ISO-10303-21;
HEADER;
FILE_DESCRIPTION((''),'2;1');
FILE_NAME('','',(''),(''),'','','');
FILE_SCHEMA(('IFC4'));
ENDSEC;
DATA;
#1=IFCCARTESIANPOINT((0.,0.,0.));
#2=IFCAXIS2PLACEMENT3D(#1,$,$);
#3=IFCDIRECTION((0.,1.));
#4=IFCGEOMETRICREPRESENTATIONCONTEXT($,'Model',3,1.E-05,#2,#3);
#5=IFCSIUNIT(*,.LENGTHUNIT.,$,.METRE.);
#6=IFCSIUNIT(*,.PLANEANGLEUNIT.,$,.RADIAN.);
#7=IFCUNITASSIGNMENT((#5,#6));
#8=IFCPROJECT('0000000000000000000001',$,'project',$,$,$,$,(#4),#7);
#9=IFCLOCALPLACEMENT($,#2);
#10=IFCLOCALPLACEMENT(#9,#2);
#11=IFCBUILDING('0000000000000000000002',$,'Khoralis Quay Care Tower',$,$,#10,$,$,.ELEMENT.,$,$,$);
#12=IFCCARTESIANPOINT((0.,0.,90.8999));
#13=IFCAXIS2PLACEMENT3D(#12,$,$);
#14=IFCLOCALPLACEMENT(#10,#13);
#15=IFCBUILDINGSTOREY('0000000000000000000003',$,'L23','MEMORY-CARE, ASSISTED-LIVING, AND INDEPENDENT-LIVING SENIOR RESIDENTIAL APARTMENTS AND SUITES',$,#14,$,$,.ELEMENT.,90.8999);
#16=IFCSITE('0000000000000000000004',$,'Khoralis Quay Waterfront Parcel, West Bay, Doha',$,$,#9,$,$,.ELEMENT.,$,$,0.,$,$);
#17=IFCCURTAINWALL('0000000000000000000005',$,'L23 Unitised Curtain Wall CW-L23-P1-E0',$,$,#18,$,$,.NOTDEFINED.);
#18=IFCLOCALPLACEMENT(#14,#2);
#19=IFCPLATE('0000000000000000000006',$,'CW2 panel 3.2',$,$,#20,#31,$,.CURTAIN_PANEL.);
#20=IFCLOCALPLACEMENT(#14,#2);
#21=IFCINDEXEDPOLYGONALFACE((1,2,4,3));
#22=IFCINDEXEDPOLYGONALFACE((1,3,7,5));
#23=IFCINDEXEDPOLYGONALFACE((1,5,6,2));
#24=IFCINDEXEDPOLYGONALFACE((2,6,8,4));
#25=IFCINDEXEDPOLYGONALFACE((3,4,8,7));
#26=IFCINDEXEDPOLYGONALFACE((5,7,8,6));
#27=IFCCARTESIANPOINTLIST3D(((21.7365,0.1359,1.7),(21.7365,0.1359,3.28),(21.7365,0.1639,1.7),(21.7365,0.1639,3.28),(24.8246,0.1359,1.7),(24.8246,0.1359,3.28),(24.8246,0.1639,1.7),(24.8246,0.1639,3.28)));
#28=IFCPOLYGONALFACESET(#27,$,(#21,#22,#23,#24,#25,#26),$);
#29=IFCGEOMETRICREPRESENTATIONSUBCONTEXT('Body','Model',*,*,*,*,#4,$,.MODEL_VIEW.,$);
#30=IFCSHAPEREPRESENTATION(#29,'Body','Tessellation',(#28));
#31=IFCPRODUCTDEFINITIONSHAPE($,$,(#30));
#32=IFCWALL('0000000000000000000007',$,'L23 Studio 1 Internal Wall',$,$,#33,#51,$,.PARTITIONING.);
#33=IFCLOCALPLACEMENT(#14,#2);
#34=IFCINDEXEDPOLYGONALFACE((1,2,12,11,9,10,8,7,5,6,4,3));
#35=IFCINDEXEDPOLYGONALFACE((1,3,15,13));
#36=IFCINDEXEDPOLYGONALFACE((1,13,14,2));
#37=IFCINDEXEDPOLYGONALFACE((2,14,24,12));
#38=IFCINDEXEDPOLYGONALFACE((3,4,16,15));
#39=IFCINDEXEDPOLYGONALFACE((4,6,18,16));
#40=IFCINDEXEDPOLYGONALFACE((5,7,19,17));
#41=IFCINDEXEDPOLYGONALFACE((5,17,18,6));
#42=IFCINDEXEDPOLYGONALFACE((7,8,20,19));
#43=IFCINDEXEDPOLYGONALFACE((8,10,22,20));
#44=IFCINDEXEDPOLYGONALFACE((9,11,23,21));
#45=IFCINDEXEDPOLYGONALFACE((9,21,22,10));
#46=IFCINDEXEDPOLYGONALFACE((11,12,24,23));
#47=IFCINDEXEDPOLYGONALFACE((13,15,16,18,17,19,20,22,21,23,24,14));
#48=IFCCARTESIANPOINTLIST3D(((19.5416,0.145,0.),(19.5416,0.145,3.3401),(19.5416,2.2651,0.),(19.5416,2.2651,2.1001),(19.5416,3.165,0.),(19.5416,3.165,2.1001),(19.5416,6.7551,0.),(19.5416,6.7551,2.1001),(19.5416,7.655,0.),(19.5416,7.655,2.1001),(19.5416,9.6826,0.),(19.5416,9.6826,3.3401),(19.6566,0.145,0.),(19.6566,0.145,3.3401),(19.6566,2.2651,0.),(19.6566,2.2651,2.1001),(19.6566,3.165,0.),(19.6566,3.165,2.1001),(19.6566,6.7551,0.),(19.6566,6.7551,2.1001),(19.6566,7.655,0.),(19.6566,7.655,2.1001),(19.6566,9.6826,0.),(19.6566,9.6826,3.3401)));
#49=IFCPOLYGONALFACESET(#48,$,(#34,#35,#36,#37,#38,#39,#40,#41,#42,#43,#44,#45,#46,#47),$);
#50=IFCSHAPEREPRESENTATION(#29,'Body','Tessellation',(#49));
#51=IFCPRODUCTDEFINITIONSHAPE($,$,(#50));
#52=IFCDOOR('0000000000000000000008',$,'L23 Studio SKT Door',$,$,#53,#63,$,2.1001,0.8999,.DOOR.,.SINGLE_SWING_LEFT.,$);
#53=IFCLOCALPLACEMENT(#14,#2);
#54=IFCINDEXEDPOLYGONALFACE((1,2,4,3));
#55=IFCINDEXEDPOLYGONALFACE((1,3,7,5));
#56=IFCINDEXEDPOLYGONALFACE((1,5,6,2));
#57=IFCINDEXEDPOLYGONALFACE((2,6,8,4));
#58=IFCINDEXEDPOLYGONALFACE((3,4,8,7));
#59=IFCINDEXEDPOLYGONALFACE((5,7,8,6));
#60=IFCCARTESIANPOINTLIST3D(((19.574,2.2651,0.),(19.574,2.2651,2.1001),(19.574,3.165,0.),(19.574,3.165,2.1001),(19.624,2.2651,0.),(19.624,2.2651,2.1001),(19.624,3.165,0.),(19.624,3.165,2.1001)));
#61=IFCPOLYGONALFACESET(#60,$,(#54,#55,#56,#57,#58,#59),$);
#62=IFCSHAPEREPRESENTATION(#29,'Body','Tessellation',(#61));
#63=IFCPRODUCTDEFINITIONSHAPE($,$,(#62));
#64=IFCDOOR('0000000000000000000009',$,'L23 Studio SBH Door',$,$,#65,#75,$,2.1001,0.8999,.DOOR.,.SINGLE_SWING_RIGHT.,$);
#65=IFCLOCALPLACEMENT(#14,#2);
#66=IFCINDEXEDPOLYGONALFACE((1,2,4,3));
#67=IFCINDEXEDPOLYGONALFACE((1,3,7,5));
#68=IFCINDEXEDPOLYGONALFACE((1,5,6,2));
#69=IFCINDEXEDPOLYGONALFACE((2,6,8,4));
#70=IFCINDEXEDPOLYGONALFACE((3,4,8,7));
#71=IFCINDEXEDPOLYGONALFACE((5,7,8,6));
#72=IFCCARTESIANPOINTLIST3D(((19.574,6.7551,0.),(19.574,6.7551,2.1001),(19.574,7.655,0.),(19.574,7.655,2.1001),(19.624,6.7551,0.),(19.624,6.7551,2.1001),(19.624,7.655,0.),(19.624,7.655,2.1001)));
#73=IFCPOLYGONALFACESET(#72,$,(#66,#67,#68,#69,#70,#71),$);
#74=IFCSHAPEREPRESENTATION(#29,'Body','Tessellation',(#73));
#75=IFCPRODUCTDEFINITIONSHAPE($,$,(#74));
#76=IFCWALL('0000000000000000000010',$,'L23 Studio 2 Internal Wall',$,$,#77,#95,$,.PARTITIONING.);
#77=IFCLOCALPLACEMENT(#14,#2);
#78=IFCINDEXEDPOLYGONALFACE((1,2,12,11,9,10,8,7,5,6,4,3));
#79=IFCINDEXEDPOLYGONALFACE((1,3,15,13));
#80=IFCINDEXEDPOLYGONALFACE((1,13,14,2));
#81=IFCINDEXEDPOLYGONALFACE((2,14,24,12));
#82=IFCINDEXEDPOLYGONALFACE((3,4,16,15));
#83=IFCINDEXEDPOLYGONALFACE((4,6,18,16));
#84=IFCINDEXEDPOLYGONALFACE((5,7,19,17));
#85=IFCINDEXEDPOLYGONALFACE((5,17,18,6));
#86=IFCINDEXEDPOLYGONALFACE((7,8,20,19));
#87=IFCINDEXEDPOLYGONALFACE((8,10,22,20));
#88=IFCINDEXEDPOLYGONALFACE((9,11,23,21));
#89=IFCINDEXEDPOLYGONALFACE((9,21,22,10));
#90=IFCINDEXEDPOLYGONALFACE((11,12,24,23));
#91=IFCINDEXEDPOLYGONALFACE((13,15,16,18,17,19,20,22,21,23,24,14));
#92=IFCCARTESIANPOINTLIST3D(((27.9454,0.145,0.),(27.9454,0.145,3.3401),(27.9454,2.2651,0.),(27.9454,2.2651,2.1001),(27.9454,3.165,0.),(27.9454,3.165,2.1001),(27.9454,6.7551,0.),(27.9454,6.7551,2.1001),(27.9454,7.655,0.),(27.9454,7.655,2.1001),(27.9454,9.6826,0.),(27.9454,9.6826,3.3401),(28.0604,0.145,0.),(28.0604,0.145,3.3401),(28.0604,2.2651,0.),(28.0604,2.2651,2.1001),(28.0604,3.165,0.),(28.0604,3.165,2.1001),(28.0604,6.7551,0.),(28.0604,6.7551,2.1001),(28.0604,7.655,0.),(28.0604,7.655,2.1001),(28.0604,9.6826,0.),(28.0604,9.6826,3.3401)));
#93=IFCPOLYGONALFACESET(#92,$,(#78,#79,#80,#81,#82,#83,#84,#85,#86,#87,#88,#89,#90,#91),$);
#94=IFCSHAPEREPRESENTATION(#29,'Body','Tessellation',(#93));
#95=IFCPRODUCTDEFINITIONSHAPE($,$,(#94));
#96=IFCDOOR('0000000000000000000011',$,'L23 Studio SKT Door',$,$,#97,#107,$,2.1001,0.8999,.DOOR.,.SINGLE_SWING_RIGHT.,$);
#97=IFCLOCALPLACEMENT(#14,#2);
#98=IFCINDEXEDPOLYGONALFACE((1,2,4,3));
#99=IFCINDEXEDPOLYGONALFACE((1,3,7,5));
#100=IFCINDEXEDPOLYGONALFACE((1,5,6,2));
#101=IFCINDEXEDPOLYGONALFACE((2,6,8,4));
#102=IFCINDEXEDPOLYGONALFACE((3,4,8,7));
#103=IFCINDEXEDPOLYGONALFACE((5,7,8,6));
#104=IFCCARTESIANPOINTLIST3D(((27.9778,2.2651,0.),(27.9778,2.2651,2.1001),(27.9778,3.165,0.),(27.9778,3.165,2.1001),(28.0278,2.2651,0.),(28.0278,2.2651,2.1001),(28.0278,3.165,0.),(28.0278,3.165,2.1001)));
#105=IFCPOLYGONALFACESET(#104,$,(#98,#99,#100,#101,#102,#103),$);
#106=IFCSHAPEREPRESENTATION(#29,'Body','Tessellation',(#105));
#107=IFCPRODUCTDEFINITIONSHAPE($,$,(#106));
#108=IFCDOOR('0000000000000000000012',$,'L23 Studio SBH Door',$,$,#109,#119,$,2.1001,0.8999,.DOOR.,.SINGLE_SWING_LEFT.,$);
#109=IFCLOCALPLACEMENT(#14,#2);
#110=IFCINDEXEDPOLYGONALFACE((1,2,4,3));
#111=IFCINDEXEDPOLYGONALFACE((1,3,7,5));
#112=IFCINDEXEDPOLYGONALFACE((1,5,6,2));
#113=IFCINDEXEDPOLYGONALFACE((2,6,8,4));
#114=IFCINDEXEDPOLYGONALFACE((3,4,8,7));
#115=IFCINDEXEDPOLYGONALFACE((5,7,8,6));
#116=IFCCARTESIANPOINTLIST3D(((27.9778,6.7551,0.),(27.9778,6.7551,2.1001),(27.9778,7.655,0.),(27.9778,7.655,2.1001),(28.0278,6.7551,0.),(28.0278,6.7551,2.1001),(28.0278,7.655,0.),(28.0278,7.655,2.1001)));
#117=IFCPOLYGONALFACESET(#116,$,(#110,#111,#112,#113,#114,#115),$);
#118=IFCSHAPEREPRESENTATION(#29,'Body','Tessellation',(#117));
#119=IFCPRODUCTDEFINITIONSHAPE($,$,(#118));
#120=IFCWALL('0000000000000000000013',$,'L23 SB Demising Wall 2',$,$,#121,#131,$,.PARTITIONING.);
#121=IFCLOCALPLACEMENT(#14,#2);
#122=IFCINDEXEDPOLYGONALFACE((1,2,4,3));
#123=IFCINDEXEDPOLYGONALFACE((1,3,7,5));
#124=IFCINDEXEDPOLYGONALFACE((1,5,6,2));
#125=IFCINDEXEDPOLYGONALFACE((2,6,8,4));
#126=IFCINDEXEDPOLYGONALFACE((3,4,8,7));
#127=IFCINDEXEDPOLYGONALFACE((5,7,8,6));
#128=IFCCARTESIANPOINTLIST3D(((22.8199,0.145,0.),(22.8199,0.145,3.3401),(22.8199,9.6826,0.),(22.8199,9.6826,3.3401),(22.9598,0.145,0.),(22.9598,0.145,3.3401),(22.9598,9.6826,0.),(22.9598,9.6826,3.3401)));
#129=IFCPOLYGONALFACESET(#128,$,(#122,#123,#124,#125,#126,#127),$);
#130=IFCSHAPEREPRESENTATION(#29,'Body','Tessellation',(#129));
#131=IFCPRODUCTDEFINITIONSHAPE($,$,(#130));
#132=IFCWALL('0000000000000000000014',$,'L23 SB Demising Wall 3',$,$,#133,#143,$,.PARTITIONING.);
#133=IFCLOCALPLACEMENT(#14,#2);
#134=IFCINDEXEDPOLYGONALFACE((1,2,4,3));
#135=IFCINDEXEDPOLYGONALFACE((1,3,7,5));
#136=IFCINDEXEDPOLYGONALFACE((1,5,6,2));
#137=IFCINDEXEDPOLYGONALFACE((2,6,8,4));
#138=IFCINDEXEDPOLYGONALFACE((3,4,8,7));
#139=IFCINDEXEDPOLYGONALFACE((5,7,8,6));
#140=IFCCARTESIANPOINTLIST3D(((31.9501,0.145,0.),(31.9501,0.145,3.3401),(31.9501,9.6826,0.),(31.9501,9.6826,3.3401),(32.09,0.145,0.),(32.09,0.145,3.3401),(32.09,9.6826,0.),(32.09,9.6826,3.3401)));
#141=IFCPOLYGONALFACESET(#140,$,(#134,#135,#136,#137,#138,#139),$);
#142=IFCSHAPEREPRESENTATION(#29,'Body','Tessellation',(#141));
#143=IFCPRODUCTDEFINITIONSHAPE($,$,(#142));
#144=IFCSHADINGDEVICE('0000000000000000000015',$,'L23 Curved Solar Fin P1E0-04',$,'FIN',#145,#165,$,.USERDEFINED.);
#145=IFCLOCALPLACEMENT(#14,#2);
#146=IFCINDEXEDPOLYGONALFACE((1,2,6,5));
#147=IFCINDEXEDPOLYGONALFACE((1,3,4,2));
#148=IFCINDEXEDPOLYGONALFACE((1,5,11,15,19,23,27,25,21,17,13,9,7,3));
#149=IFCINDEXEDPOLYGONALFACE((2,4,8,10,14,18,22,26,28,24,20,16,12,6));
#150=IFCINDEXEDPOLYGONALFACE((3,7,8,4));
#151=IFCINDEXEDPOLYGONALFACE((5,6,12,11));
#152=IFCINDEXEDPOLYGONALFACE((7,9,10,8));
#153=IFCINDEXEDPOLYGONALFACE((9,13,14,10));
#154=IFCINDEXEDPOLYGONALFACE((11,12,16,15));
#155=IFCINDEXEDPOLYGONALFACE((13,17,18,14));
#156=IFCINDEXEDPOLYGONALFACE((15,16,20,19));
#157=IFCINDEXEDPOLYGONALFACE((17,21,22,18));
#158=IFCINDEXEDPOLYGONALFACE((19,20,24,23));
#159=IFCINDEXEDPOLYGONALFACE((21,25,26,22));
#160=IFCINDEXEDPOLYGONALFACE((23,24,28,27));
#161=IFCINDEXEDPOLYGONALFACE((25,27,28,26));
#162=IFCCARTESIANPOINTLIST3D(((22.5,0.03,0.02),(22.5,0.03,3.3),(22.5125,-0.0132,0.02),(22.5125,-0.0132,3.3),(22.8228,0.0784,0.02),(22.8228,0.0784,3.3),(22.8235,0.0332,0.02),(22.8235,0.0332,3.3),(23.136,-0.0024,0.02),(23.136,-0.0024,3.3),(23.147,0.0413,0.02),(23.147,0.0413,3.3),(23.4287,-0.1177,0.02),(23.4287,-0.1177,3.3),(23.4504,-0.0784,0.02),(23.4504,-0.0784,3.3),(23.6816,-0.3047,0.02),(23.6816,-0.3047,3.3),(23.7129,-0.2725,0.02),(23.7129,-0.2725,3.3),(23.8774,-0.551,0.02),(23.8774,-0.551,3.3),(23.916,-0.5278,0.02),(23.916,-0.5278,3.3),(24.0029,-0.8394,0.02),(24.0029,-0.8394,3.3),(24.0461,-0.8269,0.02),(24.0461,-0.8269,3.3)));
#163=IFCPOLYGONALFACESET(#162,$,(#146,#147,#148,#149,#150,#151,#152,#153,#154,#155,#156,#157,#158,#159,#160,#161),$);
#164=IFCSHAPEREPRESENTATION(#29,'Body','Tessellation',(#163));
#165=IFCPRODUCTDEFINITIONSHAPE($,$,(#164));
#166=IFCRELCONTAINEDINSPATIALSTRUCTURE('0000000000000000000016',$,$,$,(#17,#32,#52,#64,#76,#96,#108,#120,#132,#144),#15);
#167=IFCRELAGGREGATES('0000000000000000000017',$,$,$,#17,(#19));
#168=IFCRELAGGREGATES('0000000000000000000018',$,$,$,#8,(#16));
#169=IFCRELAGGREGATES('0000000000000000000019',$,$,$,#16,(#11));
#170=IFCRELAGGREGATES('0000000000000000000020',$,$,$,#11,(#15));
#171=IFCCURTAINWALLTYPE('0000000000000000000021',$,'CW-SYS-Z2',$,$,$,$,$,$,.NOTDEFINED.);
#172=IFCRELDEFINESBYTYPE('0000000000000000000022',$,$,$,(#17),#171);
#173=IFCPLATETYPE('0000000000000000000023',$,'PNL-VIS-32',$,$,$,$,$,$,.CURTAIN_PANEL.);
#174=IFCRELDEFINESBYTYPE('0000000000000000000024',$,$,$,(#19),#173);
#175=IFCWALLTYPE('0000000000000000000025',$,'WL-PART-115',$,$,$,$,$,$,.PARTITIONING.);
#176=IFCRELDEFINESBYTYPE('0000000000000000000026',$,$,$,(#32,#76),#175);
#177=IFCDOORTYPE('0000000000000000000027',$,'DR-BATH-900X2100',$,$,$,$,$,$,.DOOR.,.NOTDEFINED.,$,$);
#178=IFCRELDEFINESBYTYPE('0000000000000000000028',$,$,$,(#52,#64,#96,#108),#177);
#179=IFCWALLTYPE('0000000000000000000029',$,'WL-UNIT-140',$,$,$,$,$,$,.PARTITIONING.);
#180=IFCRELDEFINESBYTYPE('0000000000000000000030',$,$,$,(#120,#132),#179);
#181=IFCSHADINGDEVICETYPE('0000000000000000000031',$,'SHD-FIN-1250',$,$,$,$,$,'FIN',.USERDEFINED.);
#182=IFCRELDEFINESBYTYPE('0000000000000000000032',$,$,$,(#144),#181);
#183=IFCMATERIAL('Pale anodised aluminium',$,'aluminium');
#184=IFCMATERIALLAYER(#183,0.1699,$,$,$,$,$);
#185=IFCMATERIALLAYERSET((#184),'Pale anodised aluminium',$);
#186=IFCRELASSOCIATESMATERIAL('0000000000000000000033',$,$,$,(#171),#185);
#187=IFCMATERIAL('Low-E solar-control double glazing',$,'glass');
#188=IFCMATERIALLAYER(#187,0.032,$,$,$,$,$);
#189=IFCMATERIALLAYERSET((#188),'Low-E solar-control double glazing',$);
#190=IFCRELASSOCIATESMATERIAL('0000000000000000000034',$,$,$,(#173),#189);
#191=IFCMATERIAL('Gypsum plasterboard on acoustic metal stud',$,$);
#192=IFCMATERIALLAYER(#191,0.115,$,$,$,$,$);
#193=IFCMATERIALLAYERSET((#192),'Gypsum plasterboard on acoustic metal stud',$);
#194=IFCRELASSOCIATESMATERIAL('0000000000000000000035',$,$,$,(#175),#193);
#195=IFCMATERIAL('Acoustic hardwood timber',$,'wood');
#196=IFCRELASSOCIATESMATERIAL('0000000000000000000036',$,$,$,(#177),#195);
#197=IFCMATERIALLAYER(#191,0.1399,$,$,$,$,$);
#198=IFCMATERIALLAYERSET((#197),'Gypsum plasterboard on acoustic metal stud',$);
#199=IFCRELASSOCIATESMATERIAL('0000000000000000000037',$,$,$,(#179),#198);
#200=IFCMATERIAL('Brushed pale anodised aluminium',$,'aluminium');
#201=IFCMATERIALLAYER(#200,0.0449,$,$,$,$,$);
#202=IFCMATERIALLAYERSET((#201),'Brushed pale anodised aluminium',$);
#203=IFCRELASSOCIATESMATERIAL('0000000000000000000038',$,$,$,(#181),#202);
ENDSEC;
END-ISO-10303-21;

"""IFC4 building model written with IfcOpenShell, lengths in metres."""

from ifc_helpers import new_model, si_unit, direction, frame, frame_2d, origin, origin_2d, place, context, subcontext, project, spatial, polyline, rectangle, outline, extrude, source, transform, mapped, material, layer, layer_set, type_object, element, fill, aggregate, save


model = new_model("IFC4")

# Units and contexts
model_context = context("Model", 3, precision=1e-05, world=origin(), true_north=direction((0.0, 1.0)))
body_context = subcontext(model_context, "Body", "Model", "MODEL_VIEW")
ifc_project = project(units=[si_unit("LENGTHUNIT", "METRE"), si_unit("PLANEANGLEUNIT", "RADIAN")], contexts=[model_context])

# Site, building, storey
site_placement = place(None, origin())
site = spatial("IfcSite", under=ifc_project, at=site_placement, Name="Khoralis Quay Waterfront Parcel, West Bay, Doha", CompositionType="ELEMENT", RefElevation=0.0)
building_placement = place(site_placement, origin())
building = spatial("IfcBuilding", under=site, at=building_placement, Name="Khoralis Quay Care Tower", CompositionType="ELEMENT")
storey_placement = place(building_placement, frame((0.0, 0.0, 90.8999)))
storey = spatial("IfcBuildingStorey", under=building, at=storey_placement, Name="L23", Description="MEMORY-CARE, ASSISTED-LIVING, AND INDEPENDENT-LIVING SENIOR RESIDENTIAL APARTMENTS AND SUITES", CompositionType="ELEMENT", Elevation=90.8999)

# Curtain wall, plate
ifc_material_1 = material(Name="Pale anodised aluminium", Category="aluminium")
ifc_layer_1 = layer(ifc_material_1, 0.1699)
ifc_layer_set_1 = layer_set([ifc_layer_1], Name="Pale anodised aluminium")
curtain_wall_type = type_object("IfcCurtainWallType", Name="CW-SYS-Z2", PredefinedType="NOTDEFINED", material=ifc_layer_set_1)
curtain_wall_placement = place(storey_placement, origin())
curtain_wall = element("IfcCurtainWall", 1, at=curtain_wall_placement, inside=storey, type_object=curtain_wall_type, Name="L23 Unitised Curtain Wall CW-L23-P1-E0", PredefinedType="NOTDEFINED")
ifc_material_2 = material(Name="Low-E solar-control double glazing", Category="glass")
ifc_layer_2 = layer(ifc_material_2, 0.032)
ifc_layer_set_2 = layer_set([ifc_layer_2], Name="Low-E solar-control double glazing")
plate_type = type_object("IfcPlateType", Name="PNL-VIS-32", PredefinedType="CURTAIN_PANEL", material=ifc_layer_set_2)
shared_shape_1 = source(origin(), body_context, "Body", "SweptSolid", [
    extrude(rectangle(XDim=3.0881, YDim=0.0281, at=origin_2d()), origin(), (0.0, 0.0, 1.0), 1.5801),
])
plate_1_placement = place(storey_placement, frame((23.2805, 0.1499, 1.7), z_axis=(0.0, 0.0, 1.0), x_axis=(1.0, 0.0, 0.0)))
plate_1 = element("IfcPlate", 2, at=plate_1_placement, type_object=plate_type, Name="CW2 panel 3.2", PredefinedType="CURTAIN_PANEL", context=body_context, shape_type="MappedRepresentation", body=[
    mapped(shared_shape_1, transform((0.0, 0.0, 0.0), scale=1.0)),
])
aggregate(curtain_wall, [plate_1])

# Walls, openings, doors
ifc_material_3 = material(Name="Gypsum plasterboard on acoustic metal stud")
ifc_layer_3 = layer(ifc_material_3, 0.115)
ifc_layer_set_3 = layer_set([ifc_layer_3], Name="Gypsum plasterboard on acoustic metal stud")
wall_type_1 = type_object("IfcWallType", Name="WL-PART-115", PredefinedType="PARTITIONING", material=ifc_layer_set_3)
wall_1_placement = place(storey_placement, frame((19.5991, 0.145, 0.0), z_axis=(0.0, 0.0, 1.0), x_axis=(0.0, 1.0, 0.0)))
wall_1 = element("IfcWall", 3, at=wall_1_placement, inside=storey, type_object=wall_type_1, Name="L23 Studio 1 Internal Wall", PredefinedType="PARTITIONING", context=body_context, shape_type="SweptSolid", body=[
    extrude(rectangle(XDim=9.5376, YDim=0.115, at=frame_2d((4.7688, 0.0))), origin(), (0.0, 0.0, 1.0), 3.3401),
])
opening_1_placement = place(wall_1_placement, frame((2.1201, 0.0, 0.0)))
opening_1 = element("IfcOpeningElement", 4, at=opening_1_placement, cuts=wall_1, PredefinedType="OPENING", context=body_context, shape_type="SweptSolid", body=[
    extrude(rectangle(XDim=0.8999, YDim=2.1001, at=frame_2d((0.45, 1.05))), frame((0.0, 0.0674, 0.0), z_axis=(0.0, -1.0, 0.0), x_axis=(1.0, 0.0, 0.0)), (0.0, 0.0, 1.0), 0.135),
])
opening_2_placement = place(wall_1_placement, frame((6.6101, 0.0, 0.0)))
opening_2 = element("IfcOpeningElement", 5, at=opening_2_placement, cuts=wall_1, PredefinedType="OPENING", context=body_context, shape_type="SweptSolid", body=[
    extrude(rectangle(XDim=0.8999, YDim=2.1001, at=frame_2d((0.45, 1.05))), frame((0.0, 0.0674, 0.0), z_axis=(0.0, -1.0, 0.0), x_axis=(1.0, 0.0, 0.0)), (0.0, 0.0, 1.0), 0.135),
])
ifc_material_4 = material(Name="Acoustic hardwood timber", Category="wood")
door_type = type_object("IfcDoorType", Name="DR-BATH-900X2100", OperationType="NOTDEFINED", PredefinedType="DOOR", material=ifc_material_4)
shared_shape_2 = source(origin(), body_context, "Body", "SweptSolid", [
    extrude(rectangle(XDim=0.8999, YDim=2.1001, at=frame_2d((0.45, 1.05))), frame((0.0, 0.0249, 0.0), z_axis=(0.0, -1.0, 0.0), x_axis=(1.0, 0.0, 0.0)), (0.0, 0.0, 1.0), 0.05),
])
door_1_placement = place(opening_1_placement, frame((0.8999, 0.0, 0.0), z_axis=(0.0, 0.0, 1.0), x_axis=(-1.0, 0.0, 0.0)))
door_1 = element("IfcDoor", 6, at=door_1_placement, inside=storey, type_object=door_type, Name="L23 Studio SKT Door", OperationType="SINGLE_SWING_LEFT", OverallHeight=2.1001, OverallWidth=0.8999, PredefinedType="DOOR", context=body_context, shape_type="MappedRepresentation", body=[
    mapped(shared_shape_2, transform((0.0, 0.0, 0.0), scale=1.0)),
])
fill(opening_1, door_1)
door_2_placement = place(opening_2_placement, frame((0.8999, 0.0, 0.0), z_axis=(0.0, 0.0, 1.0), x_axis=(-1.0, 0.0, 0.0)))
door_2 = element("IfcDoor", 7, at=door_2_placement, inside=storey, type_object=door_type, Name="L23 Studio SBH Door", OperationType="SINGLE_SWING_RIGHT", OverallHeight=2.1001, OverallWidth=0.8999, PredefinedType="DOOR", context=body_context, shape_type="MappedRepresentation", body=[
    mapped(shared_shape_2, transform((0.0, 0.0, 0.0), scale=1.0)),
])
fill(opening_2, door_2)
wall_2_placement = place(storey_placement, frame((28.0029, 0.145, 0.0), z_axis=(0.0, 0.0, 1.0), x_axis=(0.0, 1.0, 0.0)))
wall_2 = element("IfcWall", 8, at=wall_2_placement, inside=storey, type_object=wall_type_1, Name="L23 Studio 2 Internal Wall", PredefinedType="PARTITIONING", context=body_context, shape_type="SweptSolid", body=[
    extrude(rectangle(XDim=9.5376, YDim=0.115, at=frame_2d((4.7688, 0.0))), origin(), (0.0, 0.0, 1.0), 3.3401),
])
opening_3_placement = place(wall_2_placement, frame((2.1201, 0.0, 0.0)))
opening_3 = element("IfcOpeningElement", 9, at=opening_3_placement, cuts=wall_2, PredefinedType="OPENING", context=body_context, shape_type="SweptSolid", body=[
    extrude(rectangle(XDim=0.8999, YDim=2.1001, at=frame_2d((0.45, 1.05))), frame((0.0, 0.0674, 0.0), z_axis=(0.0, -1.0, 0.0), x_axis=(1.0, 0.0, 0.0)), (0.0, 0.0, 1.0), 0.135),
])
opening_4_placement = place(wall_2_placement, frame((6.6101, 0.0, 0.0)))
opening_4 = element("IfcOpeningElement", 10, at=opening_4_placement, cuts=wall_2, PredefinedType="OPENING", context=body_context, shape_type="SweptSolid", body=[
    extrude(rectangle(XDim=0.8999, YDim=2.1001, at=frame_2d((0.45, 1.05))), frame((0.0, 0.0674, 0.0), z_axis=(0.0, -1.0, 0.0), x_axis=(1.0, 0.0, 0.0)), (0.0, 0.0, 1.0), 0.135),
])
door_3_placement = place(opening_3_placement, frame((0.8999, 0.0, 0.0), z_axis=(0.0, 0.0, 1.0), x_axis=(-1.0, 0.0, 0.0)))
door_3 = element("IfcDoor", 11, at=door_3_placement, inside=storey, type_object=door_type, Name="L23 Studio SKT Door", OperationType="SINGLE_SWING_RIGHT", OverallHeight=2.1001, OverallWidth=0.8999, PredefinedType="DOOR", context=body_context, shape_type="MappedRepresentation", body=[
    mapped(shared_shape_2, transform((0.0, 0.0, 0.0), scale=1.0)),
])
fill(opening_3, door_3)
door_4_placement = place(opening_4_placement, frame((0.8999, 0.0, 0.0), z_axis=(0.0, 0.0, 1.0), x_axis=(-1.0, 0.0, 0.0)))
door_4 = element("IfcDoor", 12, at=door_4_placement, inside=storey, type_object=door_type, Name="L23 Studio SBH Door", OperationType="SINGLE_SWING_LEFT", OverallHeight=2.1001, OverallWidth=0.8999, PredefinedType="DOOR", context=body_context, shape_type="MappedRepresentation", body=[
    mapped(shared_shape_2, transform((0.0, 0.0, 0.0), scale=1.0)),
])
fill(opening_4, door_4)

# Walls
ifc_layer_4 = layer(ifc_material_3, 0.1399)
ifc_layer_set_4 = layer_set([ifc_layer_4], Name="Gypsum plasterboard on acoustic metal stud")
wall_type_2 = type_object("IfcWallType", Name="WL-UNIT-140", PredefinedType="PARTITIONING", material=ifc_layer_set_4)
for number, where, z_axis, x_axis, name in (
    (13, (22.8899, 0.145, 0.0), (0.0, 0.0, 1.0), (0.0, 1.0, 0.0), "L23 SB Demising Wall 2"),
    (14, (32.02, 0.145, 0.0), (0.0, 0.0, 1.0), (0.0, 1.0, 0.0), "L23 SB Demising Wall 3"),
):
    element("IfcWall", number, at=place(storey_placement, frame(where, z_axis=z_axis, x_axis=x_axis)), inside=storey, type_object=wall_type_2, Name=name, PredefinedType="PARTITIONING", context=body_context, shape_type="SweptSolid", body=[
        extrude(rectangle(XDim=9.5376, YDim=0.1399, at=frame_2d((4.7688, 0.0))), origin(), (0.0, 0.0, 1.0), 3.3401),
    ])

# Shading device
ifc_material_5 = material(Name="Brushed pale anodised aluminium", Category="aluminium")
ifc_layer_5 = layer(ifc_material_5, 0.0449)
ifc_layer_set_5 = layer_set([ifc_layer_5], Name="Brushed pale anodised aluminium")
shading_device_type = type_object("IfcShadingDeviceType", Name="SHD-FIN-1250", ElementType="FIN", PredefinedType="USERDEFINED", material=ifc_layer_set_5)
shared_shape_3 = source(origin(), body_context, "Body", "SweptSolid", [
    extrude(outline(polyline([(0.0, 0.0), (-0.0483, 0.3228), (-0.0112, 0.647), (0.1084, 0.9504), (0.3025, 1.2129), (0.5579, 1.416), (0.8569, 1.5461), (0.8694, 1.5029), (0.5811, 1.3774), (0.3347, 1.1816), (0.1477, 0.9287), (0.0325, 0.636), (-0.0032, 0.3235), (0.0432, 0.0125), (0.0, 0.0)])), origin(), (0.0, 0.0, 1.0), 3.28),
])
for number, where, z_axis, x_axis, name in (
    (15, (22.5, 0.03, 0.02), (0.0, 0.0, 1.0), (0.0, -1.0, 0.0), "L23 Curved Solar Fin P1E0-04"),
):
    element("IfcShadingDevice", number, at=place(storey_placement, frame(where, z_axis=z_axis, x_axis=x_axis)), inside=storey, type_object=shading_device_type, Name=name, ObjectType="FIN", PredefinedType="USERDEFINED", context=body_context, shape_type="MappedRepresentation", body=[
        mapped(shared_shape_3, transform((0.0, 0.0, 0.0), scale=1.0)),
    ])

save(model, "model.ifc")
